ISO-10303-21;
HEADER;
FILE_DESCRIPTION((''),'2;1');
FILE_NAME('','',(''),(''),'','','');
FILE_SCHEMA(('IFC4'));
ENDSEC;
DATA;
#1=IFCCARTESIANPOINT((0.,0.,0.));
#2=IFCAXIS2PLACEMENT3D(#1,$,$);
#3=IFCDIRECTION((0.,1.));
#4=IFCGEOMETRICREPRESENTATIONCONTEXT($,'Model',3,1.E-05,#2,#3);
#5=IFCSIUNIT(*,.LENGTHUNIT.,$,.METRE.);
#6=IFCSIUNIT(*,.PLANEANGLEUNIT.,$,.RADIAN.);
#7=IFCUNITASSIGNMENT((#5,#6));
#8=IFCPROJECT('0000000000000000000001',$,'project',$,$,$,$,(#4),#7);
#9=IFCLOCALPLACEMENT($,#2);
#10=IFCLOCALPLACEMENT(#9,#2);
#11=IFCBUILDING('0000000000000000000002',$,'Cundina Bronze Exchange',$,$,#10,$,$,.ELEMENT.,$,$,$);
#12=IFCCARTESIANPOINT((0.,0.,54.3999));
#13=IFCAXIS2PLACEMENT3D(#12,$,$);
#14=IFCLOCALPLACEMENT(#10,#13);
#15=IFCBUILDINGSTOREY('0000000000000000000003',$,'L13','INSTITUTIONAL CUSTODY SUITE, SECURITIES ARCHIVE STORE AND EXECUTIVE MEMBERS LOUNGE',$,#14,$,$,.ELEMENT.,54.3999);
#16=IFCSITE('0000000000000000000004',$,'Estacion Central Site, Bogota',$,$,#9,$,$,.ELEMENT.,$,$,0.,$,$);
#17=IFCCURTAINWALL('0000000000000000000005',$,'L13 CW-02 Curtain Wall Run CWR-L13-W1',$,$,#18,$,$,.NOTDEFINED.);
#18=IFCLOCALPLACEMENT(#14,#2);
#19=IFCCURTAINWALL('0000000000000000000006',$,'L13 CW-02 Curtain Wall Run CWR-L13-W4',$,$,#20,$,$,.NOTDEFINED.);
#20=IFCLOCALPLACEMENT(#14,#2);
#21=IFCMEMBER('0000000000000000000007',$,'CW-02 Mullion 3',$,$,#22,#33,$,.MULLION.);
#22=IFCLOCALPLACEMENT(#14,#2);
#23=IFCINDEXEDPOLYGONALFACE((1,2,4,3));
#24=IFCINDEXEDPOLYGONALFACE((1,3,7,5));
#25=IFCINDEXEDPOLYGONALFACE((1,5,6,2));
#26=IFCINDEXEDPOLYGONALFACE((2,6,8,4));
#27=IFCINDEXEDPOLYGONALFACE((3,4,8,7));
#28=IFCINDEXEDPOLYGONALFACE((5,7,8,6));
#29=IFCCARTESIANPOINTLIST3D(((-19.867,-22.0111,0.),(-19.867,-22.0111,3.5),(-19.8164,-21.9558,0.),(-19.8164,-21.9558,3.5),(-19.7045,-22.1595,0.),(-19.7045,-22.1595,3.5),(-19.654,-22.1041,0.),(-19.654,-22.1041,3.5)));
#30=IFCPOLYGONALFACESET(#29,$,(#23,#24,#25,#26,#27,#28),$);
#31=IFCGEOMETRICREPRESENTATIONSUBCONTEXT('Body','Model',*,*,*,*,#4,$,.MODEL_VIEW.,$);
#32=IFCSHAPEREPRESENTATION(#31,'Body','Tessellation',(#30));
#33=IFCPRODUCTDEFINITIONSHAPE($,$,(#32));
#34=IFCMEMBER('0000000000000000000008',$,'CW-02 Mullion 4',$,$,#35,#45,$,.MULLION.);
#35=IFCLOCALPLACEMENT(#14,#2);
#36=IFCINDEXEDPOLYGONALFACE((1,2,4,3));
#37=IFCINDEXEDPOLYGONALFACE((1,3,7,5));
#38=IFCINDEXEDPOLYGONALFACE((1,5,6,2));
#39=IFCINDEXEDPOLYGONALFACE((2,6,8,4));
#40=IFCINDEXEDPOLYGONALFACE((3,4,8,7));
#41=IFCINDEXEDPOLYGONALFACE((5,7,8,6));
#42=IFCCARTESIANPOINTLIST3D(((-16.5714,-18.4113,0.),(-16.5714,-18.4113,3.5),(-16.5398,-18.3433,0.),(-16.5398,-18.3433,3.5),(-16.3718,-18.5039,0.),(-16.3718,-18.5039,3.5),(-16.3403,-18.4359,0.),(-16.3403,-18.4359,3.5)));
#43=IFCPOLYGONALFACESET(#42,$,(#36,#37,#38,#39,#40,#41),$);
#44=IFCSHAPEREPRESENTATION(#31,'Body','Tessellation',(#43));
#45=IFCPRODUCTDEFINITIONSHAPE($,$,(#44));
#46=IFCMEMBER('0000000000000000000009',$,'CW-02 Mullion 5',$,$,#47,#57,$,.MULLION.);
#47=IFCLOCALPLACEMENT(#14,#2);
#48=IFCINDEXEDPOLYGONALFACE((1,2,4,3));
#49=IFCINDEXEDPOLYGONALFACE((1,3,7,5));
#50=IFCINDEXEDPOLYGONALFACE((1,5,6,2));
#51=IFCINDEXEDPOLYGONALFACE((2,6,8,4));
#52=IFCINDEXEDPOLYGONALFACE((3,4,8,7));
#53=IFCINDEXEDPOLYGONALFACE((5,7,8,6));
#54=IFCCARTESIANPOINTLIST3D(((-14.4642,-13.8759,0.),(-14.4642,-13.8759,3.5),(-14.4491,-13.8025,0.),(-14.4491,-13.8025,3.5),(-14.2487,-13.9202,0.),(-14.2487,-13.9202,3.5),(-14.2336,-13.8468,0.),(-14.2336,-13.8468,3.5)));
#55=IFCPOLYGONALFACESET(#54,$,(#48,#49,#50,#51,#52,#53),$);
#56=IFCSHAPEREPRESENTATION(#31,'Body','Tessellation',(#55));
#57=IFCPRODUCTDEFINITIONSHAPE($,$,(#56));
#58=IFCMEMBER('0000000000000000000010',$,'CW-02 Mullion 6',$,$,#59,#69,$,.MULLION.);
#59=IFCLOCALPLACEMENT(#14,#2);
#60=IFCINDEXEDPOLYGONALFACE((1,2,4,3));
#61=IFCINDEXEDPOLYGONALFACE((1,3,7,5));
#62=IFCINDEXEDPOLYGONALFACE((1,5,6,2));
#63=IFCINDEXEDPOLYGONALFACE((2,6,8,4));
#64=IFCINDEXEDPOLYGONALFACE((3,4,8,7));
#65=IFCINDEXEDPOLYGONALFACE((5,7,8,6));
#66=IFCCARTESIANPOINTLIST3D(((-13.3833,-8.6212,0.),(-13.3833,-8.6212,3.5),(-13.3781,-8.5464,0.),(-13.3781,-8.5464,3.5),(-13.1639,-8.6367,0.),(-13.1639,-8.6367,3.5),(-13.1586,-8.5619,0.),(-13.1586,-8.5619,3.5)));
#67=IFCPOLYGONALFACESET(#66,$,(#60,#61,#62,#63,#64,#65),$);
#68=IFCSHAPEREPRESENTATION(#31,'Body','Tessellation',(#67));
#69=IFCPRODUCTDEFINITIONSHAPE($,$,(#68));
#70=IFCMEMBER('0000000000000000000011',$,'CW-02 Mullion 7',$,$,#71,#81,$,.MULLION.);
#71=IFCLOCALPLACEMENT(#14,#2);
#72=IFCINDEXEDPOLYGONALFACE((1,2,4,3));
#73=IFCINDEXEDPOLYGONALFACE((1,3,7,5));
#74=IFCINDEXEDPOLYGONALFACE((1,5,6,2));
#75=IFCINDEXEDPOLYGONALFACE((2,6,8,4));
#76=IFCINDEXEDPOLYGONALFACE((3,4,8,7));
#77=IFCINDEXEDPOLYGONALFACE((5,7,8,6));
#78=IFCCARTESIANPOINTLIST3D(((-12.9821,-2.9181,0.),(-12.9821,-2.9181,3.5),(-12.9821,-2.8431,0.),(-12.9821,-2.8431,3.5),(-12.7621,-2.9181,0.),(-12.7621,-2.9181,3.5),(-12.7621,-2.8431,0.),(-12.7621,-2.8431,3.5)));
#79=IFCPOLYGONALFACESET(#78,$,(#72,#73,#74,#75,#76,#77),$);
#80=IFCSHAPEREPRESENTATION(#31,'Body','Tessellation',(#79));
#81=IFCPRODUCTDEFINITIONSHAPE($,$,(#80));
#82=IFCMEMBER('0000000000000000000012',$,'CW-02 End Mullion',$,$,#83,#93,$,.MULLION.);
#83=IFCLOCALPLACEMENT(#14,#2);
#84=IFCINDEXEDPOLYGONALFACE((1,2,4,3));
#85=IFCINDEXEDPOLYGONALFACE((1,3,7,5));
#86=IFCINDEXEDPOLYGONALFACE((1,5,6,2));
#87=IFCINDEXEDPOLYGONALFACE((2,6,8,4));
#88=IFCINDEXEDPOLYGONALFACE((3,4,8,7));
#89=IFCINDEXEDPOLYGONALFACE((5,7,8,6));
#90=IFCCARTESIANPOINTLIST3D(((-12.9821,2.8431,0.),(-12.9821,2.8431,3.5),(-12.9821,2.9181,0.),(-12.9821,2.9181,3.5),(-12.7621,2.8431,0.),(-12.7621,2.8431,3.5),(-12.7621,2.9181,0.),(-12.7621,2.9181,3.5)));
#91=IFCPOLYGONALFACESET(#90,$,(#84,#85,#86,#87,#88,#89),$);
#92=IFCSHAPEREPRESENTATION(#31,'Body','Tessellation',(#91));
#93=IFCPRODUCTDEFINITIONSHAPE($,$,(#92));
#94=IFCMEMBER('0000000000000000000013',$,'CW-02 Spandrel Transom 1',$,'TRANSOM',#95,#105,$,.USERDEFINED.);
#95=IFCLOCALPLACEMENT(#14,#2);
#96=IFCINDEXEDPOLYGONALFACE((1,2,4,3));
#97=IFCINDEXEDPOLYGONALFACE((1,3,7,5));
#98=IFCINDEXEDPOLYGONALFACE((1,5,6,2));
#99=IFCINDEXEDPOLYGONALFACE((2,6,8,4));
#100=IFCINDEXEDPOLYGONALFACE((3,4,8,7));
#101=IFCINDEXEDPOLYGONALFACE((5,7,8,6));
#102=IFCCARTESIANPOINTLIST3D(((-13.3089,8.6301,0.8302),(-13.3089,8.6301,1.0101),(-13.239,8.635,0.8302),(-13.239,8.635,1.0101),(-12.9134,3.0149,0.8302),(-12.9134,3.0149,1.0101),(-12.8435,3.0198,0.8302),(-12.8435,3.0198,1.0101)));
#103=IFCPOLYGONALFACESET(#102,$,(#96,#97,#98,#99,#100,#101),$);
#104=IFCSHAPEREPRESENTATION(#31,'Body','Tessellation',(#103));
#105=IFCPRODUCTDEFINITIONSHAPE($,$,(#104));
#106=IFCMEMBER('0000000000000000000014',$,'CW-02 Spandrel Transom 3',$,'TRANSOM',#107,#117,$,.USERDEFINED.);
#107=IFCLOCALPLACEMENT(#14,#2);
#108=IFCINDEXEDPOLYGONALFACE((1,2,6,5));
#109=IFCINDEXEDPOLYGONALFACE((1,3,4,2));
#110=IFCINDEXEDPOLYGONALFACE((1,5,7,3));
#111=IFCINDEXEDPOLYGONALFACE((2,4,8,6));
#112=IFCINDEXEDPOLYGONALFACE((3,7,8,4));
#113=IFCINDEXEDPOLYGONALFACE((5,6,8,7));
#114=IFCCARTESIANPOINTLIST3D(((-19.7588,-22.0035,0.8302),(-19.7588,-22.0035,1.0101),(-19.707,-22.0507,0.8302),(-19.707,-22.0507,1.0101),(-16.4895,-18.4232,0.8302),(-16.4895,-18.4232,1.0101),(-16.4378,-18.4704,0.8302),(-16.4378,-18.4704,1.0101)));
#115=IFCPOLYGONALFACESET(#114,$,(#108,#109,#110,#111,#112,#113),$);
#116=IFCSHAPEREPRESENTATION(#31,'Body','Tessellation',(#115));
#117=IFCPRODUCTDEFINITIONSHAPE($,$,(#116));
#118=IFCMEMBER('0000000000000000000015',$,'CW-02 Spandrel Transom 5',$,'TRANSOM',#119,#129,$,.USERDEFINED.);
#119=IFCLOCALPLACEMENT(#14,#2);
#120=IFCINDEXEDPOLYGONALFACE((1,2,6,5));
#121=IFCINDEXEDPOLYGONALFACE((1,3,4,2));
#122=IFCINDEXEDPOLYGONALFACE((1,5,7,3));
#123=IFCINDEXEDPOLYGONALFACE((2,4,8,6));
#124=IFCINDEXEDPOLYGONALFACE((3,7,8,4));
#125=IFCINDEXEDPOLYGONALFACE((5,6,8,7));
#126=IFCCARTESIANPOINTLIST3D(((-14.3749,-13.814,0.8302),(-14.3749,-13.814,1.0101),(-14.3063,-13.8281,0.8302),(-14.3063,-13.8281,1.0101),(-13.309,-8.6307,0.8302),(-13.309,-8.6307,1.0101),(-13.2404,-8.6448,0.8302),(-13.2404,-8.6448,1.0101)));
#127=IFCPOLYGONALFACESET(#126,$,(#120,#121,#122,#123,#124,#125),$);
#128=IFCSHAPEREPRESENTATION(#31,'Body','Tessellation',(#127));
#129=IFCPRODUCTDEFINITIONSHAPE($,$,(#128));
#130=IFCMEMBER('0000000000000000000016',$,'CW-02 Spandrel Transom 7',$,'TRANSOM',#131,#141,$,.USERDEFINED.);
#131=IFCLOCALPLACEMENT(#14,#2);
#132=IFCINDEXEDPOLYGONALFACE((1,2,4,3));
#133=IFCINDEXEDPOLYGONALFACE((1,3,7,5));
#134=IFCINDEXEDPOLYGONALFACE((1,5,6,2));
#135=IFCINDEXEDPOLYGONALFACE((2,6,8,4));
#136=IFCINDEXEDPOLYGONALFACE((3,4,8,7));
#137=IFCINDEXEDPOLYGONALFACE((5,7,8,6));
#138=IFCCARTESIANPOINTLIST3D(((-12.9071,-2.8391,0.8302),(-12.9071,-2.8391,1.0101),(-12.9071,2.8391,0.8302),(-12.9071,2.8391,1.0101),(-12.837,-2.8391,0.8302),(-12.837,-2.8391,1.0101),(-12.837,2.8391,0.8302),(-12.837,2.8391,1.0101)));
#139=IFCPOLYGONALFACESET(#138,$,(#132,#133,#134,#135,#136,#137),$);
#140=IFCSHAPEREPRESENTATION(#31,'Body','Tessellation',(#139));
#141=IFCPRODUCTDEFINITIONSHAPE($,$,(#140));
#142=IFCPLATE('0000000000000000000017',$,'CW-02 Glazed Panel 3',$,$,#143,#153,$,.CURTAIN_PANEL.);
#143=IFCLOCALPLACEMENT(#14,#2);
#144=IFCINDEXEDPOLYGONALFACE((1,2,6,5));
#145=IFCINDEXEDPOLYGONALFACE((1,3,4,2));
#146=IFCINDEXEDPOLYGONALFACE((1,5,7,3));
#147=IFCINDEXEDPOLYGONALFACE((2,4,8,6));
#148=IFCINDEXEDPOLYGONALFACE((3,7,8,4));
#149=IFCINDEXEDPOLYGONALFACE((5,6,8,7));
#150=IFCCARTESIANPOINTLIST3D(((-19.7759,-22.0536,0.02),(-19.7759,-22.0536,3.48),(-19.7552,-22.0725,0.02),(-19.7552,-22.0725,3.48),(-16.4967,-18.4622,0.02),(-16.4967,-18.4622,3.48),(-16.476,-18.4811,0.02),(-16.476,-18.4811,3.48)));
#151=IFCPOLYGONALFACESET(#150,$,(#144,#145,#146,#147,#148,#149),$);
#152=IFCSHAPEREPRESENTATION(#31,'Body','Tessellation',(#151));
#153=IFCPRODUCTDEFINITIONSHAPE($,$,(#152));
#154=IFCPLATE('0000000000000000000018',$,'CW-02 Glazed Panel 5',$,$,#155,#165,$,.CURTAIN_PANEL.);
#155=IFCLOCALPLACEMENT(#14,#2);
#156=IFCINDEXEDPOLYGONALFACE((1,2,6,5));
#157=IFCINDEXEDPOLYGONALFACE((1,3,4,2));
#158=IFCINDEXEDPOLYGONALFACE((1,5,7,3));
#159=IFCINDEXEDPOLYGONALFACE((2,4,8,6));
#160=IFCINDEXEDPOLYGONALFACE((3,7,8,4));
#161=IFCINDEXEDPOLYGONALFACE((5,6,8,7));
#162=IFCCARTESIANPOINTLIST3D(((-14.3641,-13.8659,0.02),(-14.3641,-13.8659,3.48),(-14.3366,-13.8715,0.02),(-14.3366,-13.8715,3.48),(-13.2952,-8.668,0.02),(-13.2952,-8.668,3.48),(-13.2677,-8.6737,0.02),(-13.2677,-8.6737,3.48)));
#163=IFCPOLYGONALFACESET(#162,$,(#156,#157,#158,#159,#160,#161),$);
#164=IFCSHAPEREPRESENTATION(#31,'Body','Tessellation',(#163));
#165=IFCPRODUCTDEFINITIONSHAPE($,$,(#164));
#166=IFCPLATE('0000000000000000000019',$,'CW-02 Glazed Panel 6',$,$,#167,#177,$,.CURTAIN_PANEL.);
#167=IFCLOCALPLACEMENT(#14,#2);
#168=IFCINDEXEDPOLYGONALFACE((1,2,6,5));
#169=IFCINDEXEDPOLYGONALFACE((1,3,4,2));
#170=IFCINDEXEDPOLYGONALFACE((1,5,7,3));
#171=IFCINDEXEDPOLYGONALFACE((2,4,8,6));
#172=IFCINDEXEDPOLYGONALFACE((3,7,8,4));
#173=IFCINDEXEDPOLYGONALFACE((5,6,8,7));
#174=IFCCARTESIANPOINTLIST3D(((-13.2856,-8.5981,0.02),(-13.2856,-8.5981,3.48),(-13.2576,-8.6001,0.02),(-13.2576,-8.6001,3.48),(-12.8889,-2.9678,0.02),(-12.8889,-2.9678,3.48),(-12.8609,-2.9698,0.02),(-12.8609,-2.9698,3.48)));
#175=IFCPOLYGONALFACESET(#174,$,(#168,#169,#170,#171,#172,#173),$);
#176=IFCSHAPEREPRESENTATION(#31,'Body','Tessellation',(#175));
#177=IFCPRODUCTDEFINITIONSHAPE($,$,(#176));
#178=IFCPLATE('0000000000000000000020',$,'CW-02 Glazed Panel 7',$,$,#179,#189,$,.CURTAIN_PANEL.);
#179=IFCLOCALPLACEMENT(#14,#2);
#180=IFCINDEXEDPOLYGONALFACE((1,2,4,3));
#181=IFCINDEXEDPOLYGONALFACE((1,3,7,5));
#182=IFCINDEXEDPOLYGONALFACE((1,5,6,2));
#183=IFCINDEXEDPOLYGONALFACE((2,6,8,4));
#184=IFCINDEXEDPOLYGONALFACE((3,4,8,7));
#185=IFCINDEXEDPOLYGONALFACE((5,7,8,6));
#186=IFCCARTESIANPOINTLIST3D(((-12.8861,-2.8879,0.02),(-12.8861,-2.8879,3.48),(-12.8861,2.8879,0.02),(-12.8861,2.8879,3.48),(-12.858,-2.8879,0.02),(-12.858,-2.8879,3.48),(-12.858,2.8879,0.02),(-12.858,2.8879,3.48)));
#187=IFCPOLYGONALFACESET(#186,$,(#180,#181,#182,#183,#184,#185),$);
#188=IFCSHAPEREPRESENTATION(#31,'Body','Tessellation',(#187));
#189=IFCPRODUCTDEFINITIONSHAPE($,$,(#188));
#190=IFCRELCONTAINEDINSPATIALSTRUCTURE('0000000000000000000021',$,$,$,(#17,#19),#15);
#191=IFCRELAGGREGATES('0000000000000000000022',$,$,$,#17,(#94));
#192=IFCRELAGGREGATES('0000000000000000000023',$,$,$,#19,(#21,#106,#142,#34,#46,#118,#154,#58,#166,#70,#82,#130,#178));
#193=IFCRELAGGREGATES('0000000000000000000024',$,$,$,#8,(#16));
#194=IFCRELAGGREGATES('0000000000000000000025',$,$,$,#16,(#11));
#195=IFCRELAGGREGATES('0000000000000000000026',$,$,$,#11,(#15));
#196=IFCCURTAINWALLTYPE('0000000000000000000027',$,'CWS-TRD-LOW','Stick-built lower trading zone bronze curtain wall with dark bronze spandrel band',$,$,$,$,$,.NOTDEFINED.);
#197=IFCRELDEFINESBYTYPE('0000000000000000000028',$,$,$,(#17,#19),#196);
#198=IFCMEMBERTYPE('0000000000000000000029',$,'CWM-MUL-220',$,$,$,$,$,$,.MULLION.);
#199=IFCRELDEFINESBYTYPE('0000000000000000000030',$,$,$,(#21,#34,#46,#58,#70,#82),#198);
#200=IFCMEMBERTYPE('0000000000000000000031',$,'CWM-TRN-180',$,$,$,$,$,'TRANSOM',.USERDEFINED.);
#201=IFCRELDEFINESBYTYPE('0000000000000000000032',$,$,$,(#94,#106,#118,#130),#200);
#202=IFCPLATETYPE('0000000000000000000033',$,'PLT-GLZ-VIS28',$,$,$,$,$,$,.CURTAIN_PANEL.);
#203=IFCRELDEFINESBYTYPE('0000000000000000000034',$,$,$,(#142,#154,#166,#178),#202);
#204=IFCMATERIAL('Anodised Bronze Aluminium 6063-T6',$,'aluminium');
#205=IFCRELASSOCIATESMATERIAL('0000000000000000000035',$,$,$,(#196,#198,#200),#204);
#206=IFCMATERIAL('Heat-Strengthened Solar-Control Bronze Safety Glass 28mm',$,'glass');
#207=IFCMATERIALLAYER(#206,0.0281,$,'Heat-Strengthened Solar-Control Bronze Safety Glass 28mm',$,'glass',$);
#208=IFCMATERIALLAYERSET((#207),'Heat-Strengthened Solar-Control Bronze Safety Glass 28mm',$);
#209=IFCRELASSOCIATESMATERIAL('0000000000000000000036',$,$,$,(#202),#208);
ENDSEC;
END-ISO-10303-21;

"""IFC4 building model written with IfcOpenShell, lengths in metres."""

from ifc_helpers import new_model, si_unit, direction, frame, origin, origin_2d, place, context, subcontext, project, spatial, rectangle, extrude, material, layer, layer_set, material_profile, profile_set, type_object, element, aggregate, save


model = new_model("IFC4")

# Units and contexts
model_context = context("Model", 3, precision=1e-05, world=origin(), true_north=direction((0.0, 1.0)))
body_context = subcontext(model_context, "Body", "Model", "MODEL_VIEW")
ifc_project = project(units=[si_unit("LENGTHUNIT", "METRE"), si_unit("PLANEANGLEUNIT", "RADIAN")], contexts=[model_context])

# Site, building, storey
site_placement = place(None, origin())
site = spatial("IfcSite", under=ifc_project, at=site_placement, Name="Estacion Central Site, Bogota", CompositionType="ELEMENT", RefElevation=0.0)
building_placement = place(site_placement, origin())
building = spatial("IfcBuilding", under=site, at=building_placement, Name="Cundina Bronze Exchange", CompositionType="ELEMENT")
storey_placement = place(building_placement, frame((0.0, 0.0, 54.3999)))
storey = spatial("IfcBuildingStorey", under=building, at=storey_placement, Name="L13", Description="INSTITUTIONAL CUSTODY SUITE, SECURITIES ARCHIVE STORE AND EXECUTIVE MEMBERS LOUNGE", CompositionType="ELEMENT", Elevation=54.3999)

# Curtain wall
ifc_material_1 = material(Name="Anodised Bronze Aluminium 6063-T6", Category="aluminium")
curtain_wall_type = type_object("IfcCurtainWallType", Name="CWS-TRD-LOW", Description="Stick-built lower trading zone bronze curtain wall with dark bronze spandrel band", PredefinedType="NOTDEFINED", material=ifc_material_1)
curtain_wall_1_placement = place(storey_placement, origin())
curtain_wall_1 = element("IfcCurtainWall", 1, at=curtain_wall_1_placement, inside=storey, type_object=curtain_wall_type, Name="L13 CW-02 Curtain Wall Run CWR-L13-W1", PredefinedType="NOTDEFINED")
ifc_material_profile_1 = material_profile(ifc_material_1, rectangle(XDim=0.075, YDim=0.22, at=origin_2d()), Name="AL75X220", Category="aluminium")
ifc_profile_set_1 = profile_set([ifc_material_profile_1], Name="Anodised Bronze Aluminium 6063-T6")
member_type_1 = type_object("IfcMemberType", Name="CWM-MUL-220", PredefinedType="MULLION", material=ifc_profile_set_1)

# Curtain wall, members
curtain_wall_2_placement = place(storey_placement, origin())
curtain_wall_2 = element("IfcCurtainWall", 2, at=curtain_wall_2_placement, inside=storey, type_object=curtain_wall_type, Name="L13 CW-02 Curtain Wall Run CWR-L13-W4", PredefinedType="NOTDEFINED")
member_1_placement = place(storey_placement, frame((-19.7605, -22.0576, 0.0), z_axis=(0.0, 0.0, 1.0), x_axis=(0.674302, 0.738455, 0.0)))
member_1 = element("IfcMember", 3, at=member_1_placement, type_object=member_type_1, Name="CW-02 Mullion 3", PredefinedType="MULLION", context=body_context, shape_type="SweptSolid", body=[
    extrude(rectangle(XDim=0.075, YDim=0.22, at=origin_2d()), origin(), (0.0, 0.0, 1.0), 3.5),
])
member_2_placement = place(storey_placement, frame((-16.4558, -18.4236, 0.0), z_axis=(0.0, 0.0, 1.0), x_axis=(0.420877, 0.907117, 0.0)))
member_2 = element("IfcMember", 4, at=member_2_placement, type_object=member_type_1, Name="CW-02 Mullion 4", PredefinedType="MULLION", context=body_context, shape_type="SweptSolid", body=[
    extrude(rectangle(XDim=0.075, YDim=0.22, at=origin_2d()), origin(), (0.0, 0.0, 1.0), 3.5),
])
member_3_placement = place(storey_placement, frame((-14.3489, -13.8613, 0.0), z_axis=(0.0, 0.0, 1.0), x_axis=(0.20142, 0.979505, 0.0)))
member_3 = element("IfcMember", 5, at=member_3_placement, type_object=member_type_1, Name="CW-02 Mullion 5", PredefinedType="MULLION", context=body_context, shape_type="SweptSolid", body=[
    extrude(rectangle(XDim=0.075, YDim=0.22, at=origin_2d()), origin(), (0.0, 0.0, 1.0), 3.5),
])
member_4_placement = place(storey_placement, frame((-13.271, -8.5916, 0.0), z_axis=(0.0, 0.0, 1.0), x_axis=(0.070279, 0.997527, 0.0)))
member_4 = element("IfcMember", 6, at=member_4_placement, type_object=member_type_1, Name="CW-02 Mullion 6", PredefinedType="MULLION", context=body_context, shape_type="SweptSolid", body=[
    extrude(rectangle(XDim=0.075, YDim=0.22, at=origin_2d()), origin(), (0.0, 0.0, 1.0), 3.5),
])
member_5_placement = place(storey_placement, frame((-12.8721, -2.8806, 0.0), z_axis=(0.0, 0.0, 1.0), x_axis=(0.0, 1.0, 0.0)))
member_5 = element("IfcMember", 7, at=member_5_placement, type_object=member_type_1, Name="CW-02 Mullion 7", PredefinedType="MULLION", context=body_context, shape_type="SweptSolid", body=[
    extrude(rectangle(XDim=0.075, YDim=0.22, at=origin_2d()), origin(), (0.0, 0.0, 1.0), 3.5),
])
member_6_placement = place(storey_placement, frame((-12.8721, 2.8806, 0.0), z_axis=(0.0, 0.0, 1.0), x_axis=(0.0, 1.0, 0.0)))
member_6 = element("IfcMember", 8, at=member_6_placement, type_object=member_type_1, Name="CW-02 End Mullion", PredefinedType="MULLION", context=body_context, shape_type="SweptSolid", body=[
    extrude(rectangle(XDim=0.075, YDim=0.22, at=origin_2d()), origin(), (0.0, 0.0, 1.0), 3.5),
])

# Members
ifc_material_profile_2 = material_profile(ifc_material_1, rectangle(XDim=0.0701, YDim=0.1799, at=origin_2d()), Name="AL70X180", Category="aluminium")
ifc_profile_set_2 = profile_set([ifc_material_profile_2], Name="Anodised Bronze Aluminium 6063-T6")
member_type_2 = type_object("IfcMemberType", Name="CWM-TRN-180", ElementType="TRANSOM", PredefinedType="USERDEFINED", material=ifc_profile_set_2)
member_7_placement = place(storey_placement, frame((-12.8784, 3.0173, 0.9202), z_axis=(-0.070261, 0.997529, 0.0), x_axis=(-0.997529, -0.070261, 0.0)))
member_7 = element("IfcMember", 9, at=member_7_placement, type_object=member_type_2, Name="CW-02 Spandrel Transom 1", ObjectType="TRANSOM", PredefinedType="USERDEFINED", context=body_context, shape_type="SweptSolid", body=[
    extrude(rectangle(XDim=0.0701, YDim=0.1799, at=origin_2d()), origin(), (0.0, 0.0, 1.0), 5.6292),
])
aggregate(curtain_wall_1, [member_7])
member_8_placement = place(storey_placement, frame((-19.7329, -22.0271, 0.9202), z_axis=(0.674303, 0.738455, 0.0), x_axis=(-0.738455, 0.674303, 0.0)))
member_8 = element("IfcMember", 10, at=member_8_placement, type_object=member_type_2, Name="CW-02 Spandrel Transom 3", ObjectType="TRANSOM", PredefinedType="USERDEFINED", context=body_context, shape_type="SweptSolid", body=[
    extrude(rectangle(XDim=0.0701, YDim=0.1799, at=origin_2d()), origin(), (0.0, 0.0, 1.0), 4.8484),
])
member_9_placement = place(storey_placement, frame((-14.3406, -13.821, 0.9202), z_axis=(0.201428, 0.979503, 0.0), x_axis=(-0.979503, 0.201428, 0.0)))
member_9 = element("IfcMember", 11, at=member_9_placement, type_object=member_type_2, Name="CW-02 Spandrel Transom 5", ObjectType="TRANSOM", PredefinedType="USERDEFINED", context=body_context, shape_type="SweptSolid", body=[
    extrude(rectangle(XDim=0.0701, YDim=0.1799, at=origin_2d()), origin(), (0.0, 0.0, 1.0), 5.2917),
])
member_10_placement = place(storey_placement, frame((-12.8721, -2.8391, 0.9202), z_axis=(0.0, 1.0, 0.0), x_axis=(-1.0, 0.0, 0.0)))
member_10 = element("IfcMember", 12, at=member_10_placement, type_object=member_type_2, Name="CW-02 Spandrel Transom 7", ObjectType="TRANSOM", PredefinedType="USERDEFINED", context=body_context, shape_type="SweptSolid", body=[
    extrude(rectangle(XDim=0.0701, YDim=0.1799, at=origin_2d()), origin(), (0.0, 0.0, 1.0), 5.6782),
])

# Plates
ifc_material_2 = material(Name="Heat-Strengthened Solar-Control Bronze Safety Glass 28mm", Category="glass")
ifc_layer_1 = layer(ifc_material_2, 0.0281, Name="Heat-Strengthened Solar-Control Bronze Safety Glass 28mm", Category="glass")
ifc_layer_set_1 = layer_set([ifc_layer_1], Name="Heat-Strengthened Solar-Control Bronze Safety Glass 28mm")
plate_type_1 = type_object("IfcPlateType", Name="PLT-GLZ-VIS28", PredefinedType="CURTAIN_PANEL", material=ifc_layer_set_1)
plate_1_placement = place(storey_placement, frame((-18.126, -20.2673, 0.02), z_axis=(0.0, 0.0, 1.0), x_axis=(0.674277, 0.738479, 0.0)))
plate_1 = element("IfcPlate", 13, at=plate_1_placement, type_object=plate_type_1, Name="CW-02 Glazed Panel 3", PredefinedType="CURTAIN_PANEL", context=body_context, shape_type="SweptSolid", body=[
    extrude(rectangle(XDim=4.8633, YDim=0.0281, at=origin_2d()), origin(), (0.0, 0.0, 1.0), 3.46),
])
plate_2_placement = place(storey_placement, frame((-13.8159, -11.2698, 0.02), z_axis=(0.0, 0.0, 1.0), x_axis=(0.20142, 0.979505, 0.0)))
plate_2 = element("IfcPlate", 14, at=plate_2_placement, type_object=plate_type_1, Name="CW-02 Glazed Panel 5", PredefinedType="CURTAIN_PANEL", context=body_context, shape_type="SweptSolid", body=[
    extrude(rectangle(XDim=5.3066, YDim=0.0281, at=origin_2d()), origin(), (0.0, 0.0, 1.0), 3.46),
])
plate_3_placement = place(storey_placement, frame((-13.0732, -5.7839, 0.02), z_axis=(0.0, 0.0, 1.0), x_axis=(0.070279, 0.997527, 0.0)))
plate_3 = element("IfcPlate", 15, at=plate_3_placement, type_object=plate_type_1, Name="CW-02 Glazed Panel 6", PredefinedType="CURTAIN_PANEL", context=body_context, shape_type="SweptSolid", body=[
    extrude(rectangle(XDim=5.6443, YDim=0.0281, at=origin_2d()), origin(), (0.0, 0.0, 1.0), 3.46),
])
plate_4_placement = place(storey_placement, frame((-12.8721, 0.0, 0.02), z_axis=(0.0, 0.0, 1.0), x_axis=(0.0, 1.0, 0.0)))
plate_4 = element("IfcPlate", 16, at=plate_4_placement, type_object=plate_type_1, Name="CW-02 Glazed Panel 7", PredefinedType="CURTAIN_PANEL", context=body_context, shape_type="SweptSolid", body=[
    extrude(rectangle(XDim=5.7759, YDim=0.0281, at=origin_2d()), origin(), (0.0, 0.0, 1.0), 3.46),
])
aggregate(curtain_wall_2, [member_1, member_8, plate_1, member_2, member_3, member_9, plate_2, member_4, plate_3, member_5, member_6, member_10, plate_4])

save(model, "model.ifc")
